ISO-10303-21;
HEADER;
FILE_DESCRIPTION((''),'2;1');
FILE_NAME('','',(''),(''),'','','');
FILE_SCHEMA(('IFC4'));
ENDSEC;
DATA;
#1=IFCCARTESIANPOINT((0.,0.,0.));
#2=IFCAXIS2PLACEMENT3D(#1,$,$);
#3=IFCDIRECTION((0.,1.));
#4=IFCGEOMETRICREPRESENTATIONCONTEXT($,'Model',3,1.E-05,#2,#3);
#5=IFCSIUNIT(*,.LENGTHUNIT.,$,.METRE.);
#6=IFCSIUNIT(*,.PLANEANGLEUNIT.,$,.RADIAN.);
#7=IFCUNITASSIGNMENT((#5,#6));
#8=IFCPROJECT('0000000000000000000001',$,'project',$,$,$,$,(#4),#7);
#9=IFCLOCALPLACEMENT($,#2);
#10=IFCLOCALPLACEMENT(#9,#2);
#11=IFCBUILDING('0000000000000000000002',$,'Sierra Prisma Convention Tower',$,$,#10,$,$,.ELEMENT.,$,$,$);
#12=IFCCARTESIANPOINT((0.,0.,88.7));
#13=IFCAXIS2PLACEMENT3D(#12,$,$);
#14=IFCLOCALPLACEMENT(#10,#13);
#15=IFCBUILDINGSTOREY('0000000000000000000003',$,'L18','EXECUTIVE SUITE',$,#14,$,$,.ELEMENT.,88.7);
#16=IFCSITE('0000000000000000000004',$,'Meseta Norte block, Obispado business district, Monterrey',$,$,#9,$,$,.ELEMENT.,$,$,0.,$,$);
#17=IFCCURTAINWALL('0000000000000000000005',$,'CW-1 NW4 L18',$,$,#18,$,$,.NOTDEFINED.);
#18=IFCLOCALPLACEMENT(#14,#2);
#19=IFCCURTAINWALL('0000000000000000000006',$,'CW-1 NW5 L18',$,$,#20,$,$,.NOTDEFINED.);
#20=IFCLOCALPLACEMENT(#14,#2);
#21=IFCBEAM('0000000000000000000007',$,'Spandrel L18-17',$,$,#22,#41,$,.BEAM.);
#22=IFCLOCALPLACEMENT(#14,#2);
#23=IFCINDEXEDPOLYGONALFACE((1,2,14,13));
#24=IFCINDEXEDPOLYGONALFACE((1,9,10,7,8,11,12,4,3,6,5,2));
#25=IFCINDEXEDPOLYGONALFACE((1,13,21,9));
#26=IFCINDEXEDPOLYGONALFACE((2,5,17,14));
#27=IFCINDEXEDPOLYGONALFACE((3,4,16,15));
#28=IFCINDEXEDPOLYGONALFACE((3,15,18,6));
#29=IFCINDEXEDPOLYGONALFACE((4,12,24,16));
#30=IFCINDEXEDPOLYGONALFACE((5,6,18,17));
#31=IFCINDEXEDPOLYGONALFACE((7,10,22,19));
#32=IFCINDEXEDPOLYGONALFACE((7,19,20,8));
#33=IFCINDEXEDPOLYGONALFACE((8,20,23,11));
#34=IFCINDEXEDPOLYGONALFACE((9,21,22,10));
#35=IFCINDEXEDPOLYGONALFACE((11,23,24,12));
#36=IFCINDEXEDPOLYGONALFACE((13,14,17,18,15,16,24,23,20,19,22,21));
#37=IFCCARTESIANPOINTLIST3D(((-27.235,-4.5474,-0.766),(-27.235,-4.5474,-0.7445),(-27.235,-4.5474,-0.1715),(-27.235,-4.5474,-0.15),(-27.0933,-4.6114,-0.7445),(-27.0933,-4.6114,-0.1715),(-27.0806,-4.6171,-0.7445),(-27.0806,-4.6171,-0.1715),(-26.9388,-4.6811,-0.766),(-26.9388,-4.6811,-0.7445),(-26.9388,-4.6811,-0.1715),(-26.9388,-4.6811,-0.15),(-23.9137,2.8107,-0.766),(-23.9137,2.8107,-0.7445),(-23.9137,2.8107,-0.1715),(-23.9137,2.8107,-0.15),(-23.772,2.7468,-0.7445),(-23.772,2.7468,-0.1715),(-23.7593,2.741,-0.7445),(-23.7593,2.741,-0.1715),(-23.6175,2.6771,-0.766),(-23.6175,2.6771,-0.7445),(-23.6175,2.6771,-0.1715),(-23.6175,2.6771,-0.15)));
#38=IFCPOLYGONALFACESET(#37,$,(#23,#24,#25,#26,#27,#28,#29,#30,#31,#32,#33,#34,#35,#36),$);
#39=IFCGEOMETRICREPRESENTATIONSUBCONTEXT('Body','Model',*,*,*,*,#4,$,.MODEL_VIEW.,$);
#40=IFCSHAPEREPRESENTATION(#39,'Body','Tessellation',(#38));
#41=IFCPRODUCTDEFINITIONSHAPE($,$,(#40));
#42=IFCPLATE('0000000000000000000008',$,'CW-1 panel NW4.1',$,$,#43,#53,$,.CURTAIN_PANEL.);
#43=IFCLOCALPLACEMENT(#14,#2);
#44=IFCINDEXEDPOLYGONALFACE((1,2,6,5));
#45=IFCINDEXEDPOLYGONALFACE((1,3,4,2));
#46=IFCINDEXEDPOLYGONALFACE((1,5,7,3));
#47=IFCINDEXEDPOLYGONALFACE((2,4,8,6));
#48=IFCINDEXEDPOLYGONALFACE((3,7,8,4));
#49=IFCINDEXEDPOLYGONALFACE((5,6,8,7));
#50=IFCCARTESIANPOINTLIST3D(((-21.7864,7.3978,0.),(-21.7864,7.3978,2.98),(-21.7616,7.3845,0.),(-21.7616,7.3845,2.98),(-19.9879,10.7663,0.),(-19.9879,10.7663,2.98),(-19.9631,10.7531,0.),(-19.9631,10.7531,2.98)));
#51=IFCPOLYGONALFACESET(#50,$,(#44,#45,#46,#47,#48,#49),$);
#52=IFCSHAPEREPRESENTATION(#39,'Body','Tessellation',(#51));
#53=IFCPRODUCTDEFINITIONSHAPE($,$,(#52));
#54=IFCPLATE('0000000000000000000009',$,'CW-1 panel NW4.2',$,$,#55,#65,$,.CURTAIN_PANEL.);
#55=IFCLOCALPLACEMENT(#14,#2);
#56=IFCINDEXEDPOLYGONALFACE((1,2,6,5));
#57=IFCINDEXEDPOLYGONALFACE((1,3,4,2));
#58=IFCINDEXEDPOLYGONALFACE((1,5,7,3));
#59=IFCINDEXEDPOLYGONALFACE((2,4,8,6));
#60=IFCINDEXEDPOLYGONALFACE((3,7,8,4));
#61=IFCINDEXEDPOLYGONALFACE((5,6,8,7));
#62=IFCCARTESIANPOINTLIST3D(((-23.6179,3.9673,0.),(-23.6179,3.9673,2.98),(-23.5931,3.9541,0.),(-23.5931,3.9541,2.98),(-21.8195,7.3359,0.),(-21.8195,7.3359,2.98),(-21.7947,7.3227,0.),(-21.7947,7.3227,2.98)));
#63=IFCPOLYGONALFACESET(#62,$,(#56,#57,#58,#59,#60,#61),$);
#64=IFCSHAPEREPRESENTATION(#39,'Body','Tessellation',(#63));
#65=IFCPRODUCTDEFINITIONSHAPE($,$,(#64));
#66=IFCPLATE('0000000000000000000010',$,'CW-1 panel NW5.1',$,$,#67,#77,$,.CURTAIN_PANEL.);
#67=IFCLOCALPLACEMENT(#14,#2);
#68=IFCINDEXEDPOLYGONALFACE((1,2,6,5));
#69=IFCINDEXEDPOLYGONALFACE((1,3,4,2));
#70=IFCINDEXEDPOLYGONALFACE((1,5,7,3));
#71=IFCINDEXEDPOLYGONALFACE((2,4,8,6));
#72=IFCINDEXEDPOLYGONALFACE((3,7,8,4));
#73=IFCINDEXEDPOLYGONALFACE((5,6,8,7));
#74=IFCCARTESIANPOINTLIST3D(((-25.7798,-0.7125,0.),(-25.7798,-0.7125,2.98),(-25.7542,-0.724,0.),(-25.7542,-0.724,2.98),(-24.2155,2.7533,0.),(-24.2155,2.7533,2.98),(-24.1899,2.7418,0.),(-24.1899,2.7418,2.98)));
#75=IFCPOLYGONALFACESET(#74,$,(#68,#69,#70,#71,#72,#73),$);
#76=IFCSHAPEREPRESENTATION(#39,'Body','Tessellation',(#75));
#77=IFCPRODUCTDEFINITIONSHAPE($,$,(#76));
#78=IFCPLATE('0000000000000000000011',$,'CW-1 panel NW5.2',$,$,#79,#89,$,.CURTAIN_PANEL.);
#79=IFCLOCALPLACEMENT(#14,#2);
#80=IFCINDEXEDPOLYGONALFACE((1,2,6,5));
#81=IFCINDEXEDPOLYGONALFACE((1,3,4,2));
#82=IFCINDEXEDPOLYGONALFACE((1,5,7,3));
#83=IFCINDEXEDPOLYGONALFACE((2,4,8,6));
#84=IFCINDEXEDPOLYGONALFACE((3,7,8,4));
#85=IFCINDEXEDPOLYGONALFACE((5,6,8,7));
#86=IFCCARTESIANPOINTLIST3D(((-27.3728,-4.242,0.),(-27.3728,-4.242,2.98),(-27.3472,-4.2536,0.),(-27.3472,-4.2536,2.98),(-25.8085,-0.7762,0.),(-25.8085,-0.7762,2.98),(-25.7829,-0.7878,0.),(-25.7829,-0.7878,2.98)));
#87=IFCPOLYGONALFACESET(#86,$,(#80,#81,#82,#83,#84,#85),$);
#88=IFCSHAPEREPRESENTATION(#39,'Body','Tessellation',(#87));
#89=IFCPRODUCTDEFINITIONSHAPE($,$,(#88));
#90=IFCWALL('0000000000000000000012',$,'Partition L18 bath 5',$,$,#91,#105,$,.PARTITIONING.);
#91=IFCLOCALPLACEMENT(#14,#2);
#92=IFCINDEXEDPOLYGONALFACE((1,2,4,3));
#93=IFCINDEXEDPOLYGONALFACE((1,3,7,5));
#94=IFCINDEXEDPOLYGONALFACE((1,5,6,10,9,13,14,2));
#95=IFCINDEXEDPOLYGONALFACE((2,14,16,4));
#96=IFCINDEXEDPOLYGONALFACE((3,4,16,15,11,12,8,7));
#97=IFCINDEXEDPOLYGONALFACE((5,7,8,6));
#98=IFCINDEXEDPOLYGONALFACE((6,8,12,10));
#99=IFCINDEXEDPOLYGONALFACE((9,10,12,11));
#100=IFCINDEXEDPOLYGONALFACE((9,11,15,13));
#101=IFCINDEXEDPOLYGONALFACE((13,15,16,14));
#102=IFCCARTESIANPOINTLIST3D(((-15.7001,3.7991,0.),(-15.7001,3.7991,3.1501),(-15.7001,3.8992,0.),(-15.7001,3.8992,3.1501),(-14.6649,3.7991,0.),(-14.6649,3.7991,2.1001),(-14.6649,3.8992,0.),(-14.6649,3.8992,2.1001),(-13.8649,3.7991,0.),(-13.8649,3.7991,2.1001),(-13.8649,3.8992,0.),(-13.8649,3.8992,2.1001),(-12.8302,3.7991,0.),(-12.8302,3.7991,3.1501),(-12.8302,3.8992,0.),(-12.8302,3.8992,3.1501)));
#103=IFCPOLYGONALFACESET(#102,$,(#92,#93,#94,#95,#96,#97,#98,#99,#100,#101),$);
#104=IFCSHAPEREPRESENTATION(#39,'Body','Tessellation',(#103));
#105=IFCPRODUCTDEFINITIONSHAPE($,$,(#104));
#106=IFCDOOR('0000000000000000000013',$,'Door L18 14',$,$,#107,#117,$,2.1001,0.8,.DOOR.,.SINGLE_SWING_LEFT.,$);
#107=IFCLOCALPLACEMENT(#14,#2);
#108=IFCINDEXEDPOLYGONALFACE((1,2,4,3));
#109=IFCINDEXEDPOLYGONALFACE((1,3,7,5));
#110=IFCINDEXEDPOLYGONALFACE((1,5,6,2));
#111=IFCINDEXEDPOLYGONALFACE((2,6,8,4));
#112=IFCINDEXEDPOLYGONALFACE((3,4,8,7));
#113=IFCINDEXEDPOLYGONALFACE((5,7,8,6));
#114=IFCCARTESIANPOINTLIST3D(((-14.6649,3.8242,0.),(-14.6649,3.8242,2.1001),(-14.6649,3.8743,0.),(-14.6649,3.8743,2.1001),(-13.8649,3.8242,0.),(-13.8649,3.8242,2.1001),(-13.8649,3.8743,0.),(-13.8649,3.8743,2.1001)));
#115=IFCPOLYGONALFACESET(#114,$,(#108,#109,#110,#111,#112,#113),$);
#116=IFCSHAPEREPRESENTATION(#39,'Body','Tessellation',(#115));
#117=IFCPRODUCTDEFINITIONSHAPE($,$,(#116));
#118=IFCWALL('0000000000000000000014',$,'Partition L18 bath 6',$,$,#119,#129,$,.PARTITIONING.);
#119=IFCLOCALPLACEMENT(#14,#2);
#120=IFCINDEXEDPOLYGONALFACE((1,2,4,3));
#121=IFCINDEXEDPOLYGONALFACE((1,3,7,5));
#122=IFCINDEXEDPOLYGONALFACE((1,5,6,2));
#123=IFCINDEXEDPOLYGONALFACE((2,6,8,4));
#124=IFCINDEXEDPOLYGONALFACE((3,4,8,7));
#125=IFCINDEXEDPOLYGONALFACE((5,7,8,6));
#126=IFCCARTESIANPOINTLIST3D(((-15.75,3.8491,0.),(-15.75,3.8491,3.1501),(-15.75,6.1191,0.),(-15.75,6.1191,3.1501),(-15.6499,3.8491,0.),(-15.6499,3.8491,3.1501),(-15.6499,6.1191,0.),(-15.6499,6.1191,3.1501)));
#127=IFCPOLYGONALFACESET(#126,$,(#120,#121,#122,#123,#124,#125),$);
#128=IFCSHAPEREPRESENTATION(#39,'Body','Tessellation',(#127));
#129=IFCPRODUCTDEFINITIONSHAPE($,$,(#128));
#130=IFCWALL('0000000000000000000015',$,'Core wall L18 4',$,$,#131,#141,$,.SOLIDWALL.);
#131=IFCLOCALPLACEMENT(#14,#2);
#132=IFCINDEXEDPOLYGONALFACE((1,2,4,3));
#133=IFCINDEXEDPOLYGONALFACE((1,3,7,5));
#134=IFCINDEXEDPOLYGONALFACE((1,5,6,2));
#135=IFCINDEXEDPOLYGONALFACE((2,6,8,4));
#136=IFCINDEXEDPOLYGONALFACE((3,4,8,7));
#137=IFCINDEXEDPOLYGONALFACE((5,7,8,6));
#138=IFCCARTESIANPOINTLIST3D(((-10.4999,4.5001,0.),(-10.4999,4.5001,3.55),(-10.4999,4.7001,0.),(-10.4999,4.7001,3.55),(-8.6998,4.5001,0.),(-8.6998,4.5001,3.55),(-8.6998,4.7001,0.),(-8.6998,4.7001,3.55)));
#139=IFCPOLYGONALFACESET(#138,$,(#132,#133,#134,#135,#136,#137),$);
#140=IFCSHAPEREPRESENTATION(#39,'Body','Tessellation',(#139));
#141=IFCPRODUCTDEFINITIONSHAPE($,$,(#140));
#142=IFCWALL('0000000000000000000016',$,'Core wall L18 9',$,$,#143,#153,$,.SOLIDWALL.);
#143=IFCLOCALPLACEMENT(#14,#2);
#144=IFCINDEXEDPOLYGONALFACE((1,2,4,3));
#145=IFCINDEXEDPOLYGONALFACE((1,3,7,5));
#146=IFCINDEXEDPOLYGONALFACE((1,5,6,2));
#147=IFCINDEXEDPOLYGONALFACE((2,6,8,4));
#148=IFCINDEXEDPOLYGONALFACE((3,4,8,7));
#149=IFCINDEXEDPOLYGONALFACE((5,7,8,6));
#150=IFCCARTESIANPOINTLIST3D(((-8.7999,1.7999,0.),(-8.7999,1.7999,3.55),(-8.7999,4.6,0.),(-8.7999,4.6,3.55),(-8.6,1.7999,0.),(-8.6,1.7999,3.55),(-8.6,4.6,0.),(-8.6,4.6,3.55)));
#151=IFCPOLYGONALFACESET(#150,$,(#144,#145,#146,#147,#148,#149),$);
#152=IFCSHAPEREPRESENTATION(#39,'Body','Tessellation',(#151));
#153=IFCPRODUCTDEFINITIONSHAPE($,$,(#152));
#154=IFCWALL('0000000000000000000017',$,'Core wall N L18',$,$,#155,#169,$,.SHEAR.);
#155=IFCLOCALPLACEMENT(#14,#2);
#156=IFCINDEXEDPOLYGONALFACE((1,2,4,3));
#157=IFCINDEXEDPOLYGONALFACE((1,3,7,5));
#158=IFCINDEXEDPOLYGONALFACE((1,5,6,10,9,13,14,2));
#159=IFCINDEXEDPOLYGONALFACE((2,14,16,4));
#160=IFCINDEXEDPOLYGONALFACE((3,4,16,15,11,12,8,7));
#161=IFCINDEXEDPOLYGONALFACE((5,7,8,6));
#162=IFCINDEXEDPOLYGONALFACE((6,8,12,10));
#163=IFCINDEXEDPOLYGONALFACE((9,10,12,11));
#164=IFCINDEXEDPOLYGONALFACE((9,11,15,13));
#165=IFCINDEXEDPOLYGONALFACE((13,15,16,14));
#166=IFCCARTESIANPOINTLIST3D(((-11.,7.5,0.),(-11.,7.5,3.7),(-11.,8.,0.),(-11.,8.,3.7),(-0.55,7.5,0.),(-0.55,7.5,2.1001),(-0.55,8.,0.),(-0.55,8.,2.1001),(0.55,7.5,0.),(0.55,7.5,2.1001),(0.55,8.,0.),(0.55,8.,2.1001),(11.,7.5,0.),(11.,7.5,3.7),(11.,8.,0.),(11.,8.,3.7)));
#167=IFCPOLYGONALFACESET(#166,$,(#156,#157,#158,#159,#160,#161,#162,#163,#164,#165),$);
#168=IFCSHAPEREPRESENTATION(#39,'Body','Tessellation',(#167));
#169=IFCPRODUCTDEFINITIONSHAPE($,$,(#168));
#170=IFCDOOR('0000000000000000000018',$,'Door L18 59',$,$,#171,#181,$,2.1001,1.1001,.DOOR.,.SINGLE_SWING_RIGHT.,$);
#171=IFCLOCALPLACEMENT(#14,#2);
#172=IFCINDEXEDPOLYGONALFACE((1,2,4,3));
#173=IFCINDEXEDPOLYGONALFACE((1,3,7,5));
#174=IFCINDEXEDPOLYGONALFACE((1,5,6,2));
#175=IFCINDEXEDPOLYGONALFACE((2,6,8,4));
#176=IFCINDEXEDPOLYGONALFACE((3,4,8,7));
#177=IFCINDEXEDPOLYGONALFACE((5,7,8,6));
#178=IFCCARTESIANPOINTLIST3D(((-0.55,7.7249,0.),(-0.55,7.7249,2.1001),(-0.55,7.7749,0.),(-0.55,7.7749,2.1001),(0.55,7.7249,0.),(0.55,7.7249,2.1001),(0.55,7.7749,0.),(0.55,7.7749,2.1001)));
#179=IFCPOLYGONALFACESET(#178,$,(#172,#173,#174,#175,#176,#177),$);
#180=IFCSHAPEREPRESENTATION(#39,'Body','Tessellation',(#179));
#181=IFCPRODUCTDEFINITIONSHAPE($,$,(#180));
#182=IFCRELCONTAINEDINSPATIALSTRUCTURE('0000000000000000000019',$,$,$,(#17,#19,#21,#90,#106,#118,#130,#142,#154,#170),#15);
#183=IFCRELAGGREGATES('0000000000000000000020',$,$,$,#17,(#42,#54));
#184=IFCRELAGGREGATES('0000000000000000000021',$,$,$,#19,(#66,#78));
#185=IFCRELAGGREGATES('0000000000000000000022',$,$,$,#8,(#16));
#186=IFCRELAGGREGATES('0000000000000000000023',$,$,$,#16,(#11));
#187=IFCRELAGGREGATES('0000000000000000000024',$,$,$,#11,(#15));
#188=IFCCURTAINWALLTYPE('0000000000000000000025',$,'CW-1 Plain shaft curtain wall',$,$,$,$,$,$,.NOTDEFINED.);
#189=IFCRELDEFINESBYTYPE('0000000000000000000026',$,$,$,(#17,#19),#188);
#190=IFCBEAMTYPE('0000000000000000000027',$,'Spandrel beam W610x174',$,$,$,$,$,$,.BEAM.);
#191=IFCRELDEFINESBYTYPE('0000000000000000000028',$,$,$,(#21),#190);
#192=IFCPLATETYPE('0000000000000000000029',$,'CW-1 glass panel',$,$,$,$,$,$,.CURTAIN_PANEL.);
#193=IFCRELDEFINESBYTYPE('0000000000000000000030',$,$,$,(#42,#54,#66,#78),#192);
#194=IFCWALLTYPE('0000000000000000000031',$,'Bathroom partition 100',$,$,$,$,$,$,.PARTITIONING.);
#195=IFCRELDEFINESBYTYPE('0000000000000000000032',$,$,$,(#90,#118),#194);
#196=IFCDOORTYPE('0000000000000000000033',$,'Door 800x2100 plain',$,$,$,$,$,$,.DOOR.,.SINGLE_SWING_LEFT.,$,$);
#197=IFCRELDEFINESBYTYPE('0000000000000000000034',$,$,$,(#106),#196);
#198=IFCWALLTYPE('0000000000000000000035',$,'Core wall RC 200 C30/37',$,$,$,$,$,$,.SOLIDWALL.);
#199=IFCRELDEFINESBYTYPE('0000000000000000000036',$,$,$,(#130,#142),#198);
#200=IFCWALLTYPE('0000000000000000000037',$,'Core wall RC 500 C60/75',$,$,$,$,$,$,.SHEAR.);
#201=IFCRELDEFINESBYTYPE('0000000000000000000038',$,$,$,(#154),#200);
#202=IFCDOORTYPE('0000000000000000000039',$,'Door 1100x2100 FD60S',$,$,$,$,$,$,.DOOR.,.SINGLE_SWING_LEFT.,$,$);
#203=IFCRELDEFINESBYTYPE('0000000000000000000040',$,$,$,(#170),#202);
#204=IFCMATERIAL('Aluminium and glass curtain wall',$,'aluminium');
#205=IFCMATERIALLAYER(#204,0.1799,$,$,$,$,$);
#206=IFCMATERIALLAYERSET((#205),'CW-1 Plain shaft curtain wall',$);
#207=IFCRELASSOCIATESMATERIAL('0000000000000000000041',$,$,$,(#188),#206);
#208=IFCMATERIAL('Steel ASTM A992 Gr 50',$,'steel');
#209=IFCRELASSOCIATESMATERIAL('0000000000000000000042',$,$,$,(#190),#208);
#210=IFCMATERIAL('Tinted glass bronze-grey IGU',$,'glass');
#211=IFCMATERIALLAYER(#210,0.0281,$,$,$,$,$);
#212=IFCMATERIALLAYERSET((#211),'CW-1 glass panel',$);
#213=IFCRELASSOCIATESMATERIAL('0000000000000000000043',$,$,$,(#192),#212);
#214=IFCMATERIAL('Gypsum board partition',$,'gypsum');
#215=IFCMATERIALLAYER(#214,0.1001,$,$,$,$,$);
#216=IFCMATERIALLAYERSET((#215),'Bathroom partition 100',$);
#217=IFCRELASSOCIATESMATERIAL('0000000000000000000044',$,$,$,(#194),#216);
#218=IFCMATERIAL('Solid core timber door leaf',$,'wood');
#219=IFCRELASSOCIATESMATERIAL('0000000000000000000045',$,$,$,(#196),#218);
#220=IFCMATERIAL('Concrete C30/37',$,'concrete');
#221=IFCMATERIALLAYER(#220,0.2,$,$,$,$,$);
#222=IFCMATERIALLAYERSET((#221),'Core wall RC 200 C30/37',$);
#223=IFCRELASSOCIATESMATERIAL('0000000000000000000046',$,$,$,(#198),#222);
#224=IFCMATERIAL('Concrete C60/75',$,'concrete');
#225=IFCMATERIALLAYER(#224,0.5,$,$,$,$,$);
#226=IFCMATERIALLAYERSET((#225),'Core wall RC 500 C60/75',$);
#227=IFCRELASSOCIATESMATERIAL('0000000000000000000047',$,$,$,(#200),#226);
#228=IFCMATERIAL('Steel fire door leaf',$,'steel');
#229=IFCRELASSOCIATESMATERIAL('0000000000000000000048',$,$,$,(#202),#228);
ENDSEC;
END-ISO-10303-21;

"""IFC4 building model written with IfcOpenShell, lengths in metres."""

from ifc_helpers import new_model, si_unit, direction, frame, frame_2d, origin, origin_2d, place, context, subcontext, project, spatial, rectangle, i_section, extrude, material, layer, layer_set, material_profile, profile_set, type_object, element, fill, aggregate, save


model = new_model("IFC4")

# Units and contexts
model_context = context("Model", 3, precision=1e-05, world=origin(), true_north=direction((0.0, 1.0)))
body_context = subcontext(model_context, "Body", "Model", "MODEL_VIEW")
ifc_project = project(units=[si_unit("LENGTHUNIT", "METRE"), si_unit("PLANEANGLEUNIT", "RADIAN")], contexts=[model_context])

# Site, building, storey
site_placement = place(None, origin())
site = spatial("IfcSite", under=ifc_project, at=site_placement, Name="Meseta Norte block, Obispado business district, Monterrey", CompositionType="ELEMENT", RefElevation=0.0)
building_placement = place(site_placement, origin())
building = spatial("IfcBuilding", under=site, at=building_placement, Name="Sierra Prisma Convention Tower", CompositionType="ELEMENT")
storey_placement = place(building_placement, frame((0.0, 0.0, 88.7)))
storey = spatial("IfcBuildingStorey", under=building, at=storey_placement, Name="L18", Description="EXECUTIVE SUITE", CompositionType="ELEMENT", Elevation=88.7)

# Curtain wall
ifc_material_1 = material(Name="Aluminium and glass curtain wall", Category="aluminium")
ifc_layer_1 = layer(ifc_material_1, 0.1799)
ifc_layer_set_1 = layer_set([ifc_layer_1], Name="CW-1 Plain shaft curtain wall")
curtain_wall_type = type_object("IfcCurtainWallType", Name="CW-1 Plain shaft curtain wall", PredefinedType="NOTDEFINED", material=ifc_layer_set_1)
curtain_wall_1_placement = place(storey_placement, origin())
curtain_wall_1 = element("IfcCurtainWall", 1, at=curtain_wall_1_placement, inside=storey, type_object=curtain_wall_type, Name="CW-1 NW4 L18", PredefinedType="NOTDEFINED")

# Curtain wall
curtain_wall_2_placement = place(storey_placement, origin())
curtain_wall_2 = element("IfcCurtainWall", 2, at=curtain_wall_2_placement, inside=storey, type_object=curtain_wall_type, Name="CW-1 NW5 L18", PredefinedType="NOTDEFINED")

# Beam
ifc_material_2 = material(Name="Steel ASTM A992 Gr 50", Category="steel")
ifc_material_profile_1 = material_profile(ifc_material_2, i_section(OverallWidth=0.325, OverallDepth=0.616, WebThickness=0.0139, FlangeThickness=0.0215, at=origin_2d()), Name="W610x174")
ifc_profile_set_1 = profile_set([ifc_material_profile_1], Name="Steel ASTM A992 Gr 50")
beam_type_1 = type_object("IfcBeamType", Name="Spandrel beam W610x174", PredefinedType="BEAM", material=ifc_profile_set_1)
beam_1_placement = place(storey_placement, frame((-23.7656, 2.7439, -0.458), z_axis=(-0.411407, -0.911452, 0.0), x_axis=(0.911452, -0.411407, 0.0)))
element("IfcBeam", 3, at=beam_1_placement, inside=storey, type_object=beam_type_1, Name="Spandrel L18-17", PredefinedType="BEAM", context=body_context, shape_type="SweptSolid", body=[
    extrude(i_section(OverallWidth=0.325, OverallDepth=0.616, WebThickness=0.0139, FlangeThickness=0.0215, at=origin_2d()), origin(), (0.0, 0.0, 1.0), 8.073),
])

# Plates
ifc_material_3 = material(Name="Tinted glass bronze-grey IGU", Category="glass")
ifc_layer_2 = layer(ifc_material_3, 0.0281)
ifc_layer_set_2 = layer_set([ifc_layer_2], Name="CW-1 glass panel")
plate_type = type_object("IfcPlateType", Name="CW-1 glass panel", PredefinedType="CURTAIN_PANEL", material=ifc_layer_set_2)
plate_1_placement = place(storey_placement, frame((-20.8748, 9.0754, 0.0), z_axis=(0.0, 0.0, 1.0), x_axis=(-0.470969, -0.88215, 0.0)))
plate_1 = element("IfcPlate", 4, at=plate_1_placement, type_object=plate_type, Name="CW-1 panel NW4.1", PredefinedType="CURTAIN_PANEL", context=body_context, shape_type="SweptSolid", body=[
    extrude(rectangle(XDim=3.8186, YDim=0.0281, at=origin_2d()), origin(), (0.0, 0.0, 1.0), 2.98),
])
plate_2_placement = place(storey_placement, frame((-22.7063, 5.645, 0.0), z_axis=(0.0, 0.0, 1.0), x_axis=(-0.470969, -0.88215, 0.0)))
plate_2 = element("IfcPlate", 5, at=plate_2_placement, type_object=plate_type, Name="CW-1 panel NW4.2", PredefinedType="CURTAIN_PANEL", context=body_context, shape_type="SweptSolid", body=[
    extrude(rectangle(XDim=3.8186, YDim=0.0281, at=origin_2d()), origin(), (0.0, 0.0, 1.0), 2.98),
])
aggregate(curtain_wall_1, [plate_1, plate_2])
plate_3_placement = place(storey_placement, frame((-24.9849, 1.0146, 0.0), z_axis=(0.0, 0.0, 1.0), x_axis=(-0.411382, -0.911463, 0.0)))
plate_3 = element("IfcPlate", 6, at=plate_3_placement, type_object=plate_type, Name="CW-1 panel NW5.1", PredefinedType="CURTAIN_PANEL", context=body_context, shape_type="SweptSolid", body=[
    extrude(rectangle(XDim=3.8025, YDim=0.0281, at=origin_2d()), origin(), (0.0, 0.0, 1.0), 2.98),
])
plate_4_placement = place(storey_placement, frame((-26.5779, -2.5149, 0.0), z_axis=(0.0, 0.0, 1.0), x_axis=(-0.411382, -0.911463, 0.0)))
plate_4 = element("IfcPlate", 7, at=plate_4_placement, type_object=plate_type, Name="CW-1 panel NW5.2", PredefinedType="CURTAIN_PANEL", context=body_context, shape_type="SweptSolid", body=[
    extrude(rectangle(XDim=3.8025, YDim=0.0281, at=origin_2d()), origin(), (0.0, 0.0, 1.0), 2.98),
])
aggregate(curtain_wall_2, [plate_3, plate_4])

# Wall, opening, door
ifc_material_4 = material(Name="Gypsum board partition", Category="gypsum")
ifc_layer_3 = layer(ifc_material_4, 0.1001)
ifc_layer_set_3 = layer_set([ifc_layer_3], Name="Bathroom partition 100")
wall_type_1 = type_object("IfcWallType", Name="Bathroom partition 100", PredefinedType="PARTITIONING", material=ifc_layer_set_3)
wall_1_placement = place(storey_placement, frame((-12.8301, 3.8491, 0.0), z_axis=(0.0, 0.0, 1.0), x_axis=(-1.0, 0.0, 0.0)))
wall_1 = element("IfcWall", 8, at=wall_1_placement, inside=storey, type_object=wall_type_1, Name="Partition L18 bath 5", PredefinedType="PARTITIONING", context=body_context, shape_type="SweptSolid", body=[
    extrude(rectangle(XDim=2.8699, YDim=0.1001, at=frame_2d((1.4351, 0.0))), origin(), (0.0, 0.0, 1.0), 3.1501),
])
opening_1_placement = place(wall_1_placement, frame((1.0349, 0.0, 0.0)))
opening_1 = element("IfcOpeningElement", 9, at=opening_1_placement, cuts=wall_1, PredefinedType="OPENING", context=body_context, shape_type="SweptSolid", body=[
    extrude(rectangle(XDim=0.8, YDim=2.1001, at=frame_2d((0.3999, 1.05))), frame((0.0, 0.05, 0.0), z_axis=(0.0, -1.0, 0.0), x_axis=(1.0, 0.0, 0.0)), (0.0, 0.0, 1.0), 0.1001),
])
ifc_material_5 = material(Name="Solid core timber door leaf", Category="wood")
door_type_1 = type_object("IfcDoorType", Name="Door 800x2100 plain", OperationType="SINGLE_SWING_LEFT", PredefinedType="DOOR", material=ifc_material_5)
door_1_placement = place(opening_1_placement, origin())
door_1 = element("IfcDoor", 10, at=door_1_placement, inside=storey, type_object=door_type_1, Name="Door L18 14", OperationType="SINGLE_SWING_LEFT", OverallHeight=2.1001, OverallWidth=0.8, PredefinedType="DOOR", context=body_context, shape_type="SweptSolid", body=[
    extrude(rectangle(XDim=0.8, YDim=2.1001, at=frame_2d((0.3999, 1.05))), frame((0.0, 0.0249, 0.0), z_axis=(0.0, -1.0, 0.0), x_axis=(1.0, 0.0, 0.0)), (0.0, 0.0, 1.0), 0.05),
])
fill(opening_1, door_1)

# Wall
wall_2_placement = place(storey_placement, frame((-15.7, 3.8491, 0.0), z_axis=(0.0, 0.0, 1.0), x_axis=(0.0, 1.0, 0.0)))
element("IfcWall", 11, at=wall_2_placement, inside=storey, type_object=wall_type_1, Name="Partition L18 bath 6", PredefinedType="PARTITIONING", context=body_context, shape_type="SweptSolid", body=[
    extrude(rectangle(XDim=2.27, YDim=0.1001, at=frame_2d((1.135, 0.0))), origin(), (0.0, 0.0, 1.0), 3.1501),
])

# Shared definitions
ifc_material_6 = material(Name="Concrete C30/37", Category="concrete")
ifc_layer_4 = layer(ifc_material_6, 0.2)
ifc_layer_set_4 = layer_set([ifc_layer_4], Name="Core wall RC 200 C30/37")
wall_type_2 = type_object("IfcWallType", Name="Core wall RC 200 C30/37", PredefinedType="SOLIDWALL", material=ifc_layer_set_4)

# Wall
wall_3_placement = place(storey_placement, frame((-8.7, 4.6001, 0.0), z_axis=(0.0, 0.0, 1.0), x_axis=(-1.0, 0.0, 0.0)))
element("IfcWall", 12, at=wall_3_placement, inside=storey, type_object=wall_type_2, Name="Core wall L18 4", PredefinedType="SOLIDWALL", context=body_context, shape_type="SweptSolid", body=[
    extrude(rectangle(XDim=1.8, YDim=0.2, at=frame_2d((0.8999, 0.0))), origin(), (0.0, 0.0, 1.0), 3.55),
])

# Wall
wall_4_placement = place(storey_placement, frame((-8.7, 1.8, 0.0), z_axis=(0.0, 0.0, 1.0), x_axis=(0.0, 1.0, 0.0)))
element("IfcWall", 13, at=wall_4_placement, inside=storey, type_object=wall_type_2, Name="Core wall L18 9", PredefinedType="SOLIDWALL", context=body_context, shape_type="SweptSolid", body=[
    extrude(rectangle(XDim=2.8, YDim=0.2, at=frame_2d((1.3999, 0.0))), origin(), (0.0, 0.0, 1.0), 3.55),
])

# Wall, opening, door
ifc_material_7 = material(Name="Concrete C60/75", Category="concrete")
ifc_layer_5 = layer(ifc_material_7, 0.5)
ifc_layer_set_5 = layer_set([ifc_layer_5], Name="Core wall RC 500 C60/75")
wall_type_3 = type_object("IfcWallType", Name="Core wall RC 500 C60/75", PredefinedType="SHEAR", material=ifc_layer_set_5)
wall_5_placement = place(storey_placement, frame((-11.0, 7.75, 0.0), z_axis=(0.0, 0.0, 1.0), x_axis=(1.0, 0.0, 0.0)))
wall_5 = element("IfcWall", 14, at=wall_5_placement, inside=storey, type_object=wall_type_3, Name="Core wall N L18", PredefinedType="SHEAR", context=body_context, shape_type="SweptSolid", body=[
    extrude(rectangle(XDim=22.0, YDim=0.5, at=frame_2d((11.0, 0.0))), origin(), (0.0, 0.0, 1.0), 3.7),
])
opening_2_placement = place(wall_5_placement, frame((10.45, 0.0, 0.0)))
opening_2 = element("IfcOpeningElement", 15, at=opening_2_placement, cuts=wall_5, PredefinedType="OPENING", context=body_context, shape_type="SweptSolid", body=[
    extrude(rectangle(XDim=1.1001, YDim=2.1001, at=frame_2d((0.55, 1.05))), frame((0.0, 0.25, 0.0), z_axis=(0.0, -1.0, 0.0), x_axis=(1.0, 0.0, 0.0)), (0.0, 0.0, 1.0), 0.5),
])
ifc_material_8 = material(Name="Steel fire door leaf", Category="steel")
door_type_2 = type_object("IfcDoorType", Name="Door 1100x2100 FD60S", OperationType="SINGLE_SWING_LEFT", PredefinedType="DOOR", material=ifc_material_8)
door_2_placement = place(opening_2_placement, origin())
door_2 = element("IfcDoor", 16, at=door_2_placement, inside=storey, type_object=door_type_2, Name="Door L18 59", OperationType="SINGLE_SWING_RIGHT", OverallHeight=2.1001, OverallWidth=1.1001, PredefinedType="DOOR", context=body_context, shape_type="SweptSolid", body=[
    extrude(rectangle(XDim=1.1001, YDim=2.1001, at=frame_2d((0.55, 1.05))), frame((0.0, 0.0249, 0.0), z_axis=(0.0, -1.0, 0.0), x_axis=(1.0, 0.0, 0.0)), (0.0, 0.0, 1.0), 0.05),
])
fill(opening_2, door_2)

save(model, "model.ifc")
